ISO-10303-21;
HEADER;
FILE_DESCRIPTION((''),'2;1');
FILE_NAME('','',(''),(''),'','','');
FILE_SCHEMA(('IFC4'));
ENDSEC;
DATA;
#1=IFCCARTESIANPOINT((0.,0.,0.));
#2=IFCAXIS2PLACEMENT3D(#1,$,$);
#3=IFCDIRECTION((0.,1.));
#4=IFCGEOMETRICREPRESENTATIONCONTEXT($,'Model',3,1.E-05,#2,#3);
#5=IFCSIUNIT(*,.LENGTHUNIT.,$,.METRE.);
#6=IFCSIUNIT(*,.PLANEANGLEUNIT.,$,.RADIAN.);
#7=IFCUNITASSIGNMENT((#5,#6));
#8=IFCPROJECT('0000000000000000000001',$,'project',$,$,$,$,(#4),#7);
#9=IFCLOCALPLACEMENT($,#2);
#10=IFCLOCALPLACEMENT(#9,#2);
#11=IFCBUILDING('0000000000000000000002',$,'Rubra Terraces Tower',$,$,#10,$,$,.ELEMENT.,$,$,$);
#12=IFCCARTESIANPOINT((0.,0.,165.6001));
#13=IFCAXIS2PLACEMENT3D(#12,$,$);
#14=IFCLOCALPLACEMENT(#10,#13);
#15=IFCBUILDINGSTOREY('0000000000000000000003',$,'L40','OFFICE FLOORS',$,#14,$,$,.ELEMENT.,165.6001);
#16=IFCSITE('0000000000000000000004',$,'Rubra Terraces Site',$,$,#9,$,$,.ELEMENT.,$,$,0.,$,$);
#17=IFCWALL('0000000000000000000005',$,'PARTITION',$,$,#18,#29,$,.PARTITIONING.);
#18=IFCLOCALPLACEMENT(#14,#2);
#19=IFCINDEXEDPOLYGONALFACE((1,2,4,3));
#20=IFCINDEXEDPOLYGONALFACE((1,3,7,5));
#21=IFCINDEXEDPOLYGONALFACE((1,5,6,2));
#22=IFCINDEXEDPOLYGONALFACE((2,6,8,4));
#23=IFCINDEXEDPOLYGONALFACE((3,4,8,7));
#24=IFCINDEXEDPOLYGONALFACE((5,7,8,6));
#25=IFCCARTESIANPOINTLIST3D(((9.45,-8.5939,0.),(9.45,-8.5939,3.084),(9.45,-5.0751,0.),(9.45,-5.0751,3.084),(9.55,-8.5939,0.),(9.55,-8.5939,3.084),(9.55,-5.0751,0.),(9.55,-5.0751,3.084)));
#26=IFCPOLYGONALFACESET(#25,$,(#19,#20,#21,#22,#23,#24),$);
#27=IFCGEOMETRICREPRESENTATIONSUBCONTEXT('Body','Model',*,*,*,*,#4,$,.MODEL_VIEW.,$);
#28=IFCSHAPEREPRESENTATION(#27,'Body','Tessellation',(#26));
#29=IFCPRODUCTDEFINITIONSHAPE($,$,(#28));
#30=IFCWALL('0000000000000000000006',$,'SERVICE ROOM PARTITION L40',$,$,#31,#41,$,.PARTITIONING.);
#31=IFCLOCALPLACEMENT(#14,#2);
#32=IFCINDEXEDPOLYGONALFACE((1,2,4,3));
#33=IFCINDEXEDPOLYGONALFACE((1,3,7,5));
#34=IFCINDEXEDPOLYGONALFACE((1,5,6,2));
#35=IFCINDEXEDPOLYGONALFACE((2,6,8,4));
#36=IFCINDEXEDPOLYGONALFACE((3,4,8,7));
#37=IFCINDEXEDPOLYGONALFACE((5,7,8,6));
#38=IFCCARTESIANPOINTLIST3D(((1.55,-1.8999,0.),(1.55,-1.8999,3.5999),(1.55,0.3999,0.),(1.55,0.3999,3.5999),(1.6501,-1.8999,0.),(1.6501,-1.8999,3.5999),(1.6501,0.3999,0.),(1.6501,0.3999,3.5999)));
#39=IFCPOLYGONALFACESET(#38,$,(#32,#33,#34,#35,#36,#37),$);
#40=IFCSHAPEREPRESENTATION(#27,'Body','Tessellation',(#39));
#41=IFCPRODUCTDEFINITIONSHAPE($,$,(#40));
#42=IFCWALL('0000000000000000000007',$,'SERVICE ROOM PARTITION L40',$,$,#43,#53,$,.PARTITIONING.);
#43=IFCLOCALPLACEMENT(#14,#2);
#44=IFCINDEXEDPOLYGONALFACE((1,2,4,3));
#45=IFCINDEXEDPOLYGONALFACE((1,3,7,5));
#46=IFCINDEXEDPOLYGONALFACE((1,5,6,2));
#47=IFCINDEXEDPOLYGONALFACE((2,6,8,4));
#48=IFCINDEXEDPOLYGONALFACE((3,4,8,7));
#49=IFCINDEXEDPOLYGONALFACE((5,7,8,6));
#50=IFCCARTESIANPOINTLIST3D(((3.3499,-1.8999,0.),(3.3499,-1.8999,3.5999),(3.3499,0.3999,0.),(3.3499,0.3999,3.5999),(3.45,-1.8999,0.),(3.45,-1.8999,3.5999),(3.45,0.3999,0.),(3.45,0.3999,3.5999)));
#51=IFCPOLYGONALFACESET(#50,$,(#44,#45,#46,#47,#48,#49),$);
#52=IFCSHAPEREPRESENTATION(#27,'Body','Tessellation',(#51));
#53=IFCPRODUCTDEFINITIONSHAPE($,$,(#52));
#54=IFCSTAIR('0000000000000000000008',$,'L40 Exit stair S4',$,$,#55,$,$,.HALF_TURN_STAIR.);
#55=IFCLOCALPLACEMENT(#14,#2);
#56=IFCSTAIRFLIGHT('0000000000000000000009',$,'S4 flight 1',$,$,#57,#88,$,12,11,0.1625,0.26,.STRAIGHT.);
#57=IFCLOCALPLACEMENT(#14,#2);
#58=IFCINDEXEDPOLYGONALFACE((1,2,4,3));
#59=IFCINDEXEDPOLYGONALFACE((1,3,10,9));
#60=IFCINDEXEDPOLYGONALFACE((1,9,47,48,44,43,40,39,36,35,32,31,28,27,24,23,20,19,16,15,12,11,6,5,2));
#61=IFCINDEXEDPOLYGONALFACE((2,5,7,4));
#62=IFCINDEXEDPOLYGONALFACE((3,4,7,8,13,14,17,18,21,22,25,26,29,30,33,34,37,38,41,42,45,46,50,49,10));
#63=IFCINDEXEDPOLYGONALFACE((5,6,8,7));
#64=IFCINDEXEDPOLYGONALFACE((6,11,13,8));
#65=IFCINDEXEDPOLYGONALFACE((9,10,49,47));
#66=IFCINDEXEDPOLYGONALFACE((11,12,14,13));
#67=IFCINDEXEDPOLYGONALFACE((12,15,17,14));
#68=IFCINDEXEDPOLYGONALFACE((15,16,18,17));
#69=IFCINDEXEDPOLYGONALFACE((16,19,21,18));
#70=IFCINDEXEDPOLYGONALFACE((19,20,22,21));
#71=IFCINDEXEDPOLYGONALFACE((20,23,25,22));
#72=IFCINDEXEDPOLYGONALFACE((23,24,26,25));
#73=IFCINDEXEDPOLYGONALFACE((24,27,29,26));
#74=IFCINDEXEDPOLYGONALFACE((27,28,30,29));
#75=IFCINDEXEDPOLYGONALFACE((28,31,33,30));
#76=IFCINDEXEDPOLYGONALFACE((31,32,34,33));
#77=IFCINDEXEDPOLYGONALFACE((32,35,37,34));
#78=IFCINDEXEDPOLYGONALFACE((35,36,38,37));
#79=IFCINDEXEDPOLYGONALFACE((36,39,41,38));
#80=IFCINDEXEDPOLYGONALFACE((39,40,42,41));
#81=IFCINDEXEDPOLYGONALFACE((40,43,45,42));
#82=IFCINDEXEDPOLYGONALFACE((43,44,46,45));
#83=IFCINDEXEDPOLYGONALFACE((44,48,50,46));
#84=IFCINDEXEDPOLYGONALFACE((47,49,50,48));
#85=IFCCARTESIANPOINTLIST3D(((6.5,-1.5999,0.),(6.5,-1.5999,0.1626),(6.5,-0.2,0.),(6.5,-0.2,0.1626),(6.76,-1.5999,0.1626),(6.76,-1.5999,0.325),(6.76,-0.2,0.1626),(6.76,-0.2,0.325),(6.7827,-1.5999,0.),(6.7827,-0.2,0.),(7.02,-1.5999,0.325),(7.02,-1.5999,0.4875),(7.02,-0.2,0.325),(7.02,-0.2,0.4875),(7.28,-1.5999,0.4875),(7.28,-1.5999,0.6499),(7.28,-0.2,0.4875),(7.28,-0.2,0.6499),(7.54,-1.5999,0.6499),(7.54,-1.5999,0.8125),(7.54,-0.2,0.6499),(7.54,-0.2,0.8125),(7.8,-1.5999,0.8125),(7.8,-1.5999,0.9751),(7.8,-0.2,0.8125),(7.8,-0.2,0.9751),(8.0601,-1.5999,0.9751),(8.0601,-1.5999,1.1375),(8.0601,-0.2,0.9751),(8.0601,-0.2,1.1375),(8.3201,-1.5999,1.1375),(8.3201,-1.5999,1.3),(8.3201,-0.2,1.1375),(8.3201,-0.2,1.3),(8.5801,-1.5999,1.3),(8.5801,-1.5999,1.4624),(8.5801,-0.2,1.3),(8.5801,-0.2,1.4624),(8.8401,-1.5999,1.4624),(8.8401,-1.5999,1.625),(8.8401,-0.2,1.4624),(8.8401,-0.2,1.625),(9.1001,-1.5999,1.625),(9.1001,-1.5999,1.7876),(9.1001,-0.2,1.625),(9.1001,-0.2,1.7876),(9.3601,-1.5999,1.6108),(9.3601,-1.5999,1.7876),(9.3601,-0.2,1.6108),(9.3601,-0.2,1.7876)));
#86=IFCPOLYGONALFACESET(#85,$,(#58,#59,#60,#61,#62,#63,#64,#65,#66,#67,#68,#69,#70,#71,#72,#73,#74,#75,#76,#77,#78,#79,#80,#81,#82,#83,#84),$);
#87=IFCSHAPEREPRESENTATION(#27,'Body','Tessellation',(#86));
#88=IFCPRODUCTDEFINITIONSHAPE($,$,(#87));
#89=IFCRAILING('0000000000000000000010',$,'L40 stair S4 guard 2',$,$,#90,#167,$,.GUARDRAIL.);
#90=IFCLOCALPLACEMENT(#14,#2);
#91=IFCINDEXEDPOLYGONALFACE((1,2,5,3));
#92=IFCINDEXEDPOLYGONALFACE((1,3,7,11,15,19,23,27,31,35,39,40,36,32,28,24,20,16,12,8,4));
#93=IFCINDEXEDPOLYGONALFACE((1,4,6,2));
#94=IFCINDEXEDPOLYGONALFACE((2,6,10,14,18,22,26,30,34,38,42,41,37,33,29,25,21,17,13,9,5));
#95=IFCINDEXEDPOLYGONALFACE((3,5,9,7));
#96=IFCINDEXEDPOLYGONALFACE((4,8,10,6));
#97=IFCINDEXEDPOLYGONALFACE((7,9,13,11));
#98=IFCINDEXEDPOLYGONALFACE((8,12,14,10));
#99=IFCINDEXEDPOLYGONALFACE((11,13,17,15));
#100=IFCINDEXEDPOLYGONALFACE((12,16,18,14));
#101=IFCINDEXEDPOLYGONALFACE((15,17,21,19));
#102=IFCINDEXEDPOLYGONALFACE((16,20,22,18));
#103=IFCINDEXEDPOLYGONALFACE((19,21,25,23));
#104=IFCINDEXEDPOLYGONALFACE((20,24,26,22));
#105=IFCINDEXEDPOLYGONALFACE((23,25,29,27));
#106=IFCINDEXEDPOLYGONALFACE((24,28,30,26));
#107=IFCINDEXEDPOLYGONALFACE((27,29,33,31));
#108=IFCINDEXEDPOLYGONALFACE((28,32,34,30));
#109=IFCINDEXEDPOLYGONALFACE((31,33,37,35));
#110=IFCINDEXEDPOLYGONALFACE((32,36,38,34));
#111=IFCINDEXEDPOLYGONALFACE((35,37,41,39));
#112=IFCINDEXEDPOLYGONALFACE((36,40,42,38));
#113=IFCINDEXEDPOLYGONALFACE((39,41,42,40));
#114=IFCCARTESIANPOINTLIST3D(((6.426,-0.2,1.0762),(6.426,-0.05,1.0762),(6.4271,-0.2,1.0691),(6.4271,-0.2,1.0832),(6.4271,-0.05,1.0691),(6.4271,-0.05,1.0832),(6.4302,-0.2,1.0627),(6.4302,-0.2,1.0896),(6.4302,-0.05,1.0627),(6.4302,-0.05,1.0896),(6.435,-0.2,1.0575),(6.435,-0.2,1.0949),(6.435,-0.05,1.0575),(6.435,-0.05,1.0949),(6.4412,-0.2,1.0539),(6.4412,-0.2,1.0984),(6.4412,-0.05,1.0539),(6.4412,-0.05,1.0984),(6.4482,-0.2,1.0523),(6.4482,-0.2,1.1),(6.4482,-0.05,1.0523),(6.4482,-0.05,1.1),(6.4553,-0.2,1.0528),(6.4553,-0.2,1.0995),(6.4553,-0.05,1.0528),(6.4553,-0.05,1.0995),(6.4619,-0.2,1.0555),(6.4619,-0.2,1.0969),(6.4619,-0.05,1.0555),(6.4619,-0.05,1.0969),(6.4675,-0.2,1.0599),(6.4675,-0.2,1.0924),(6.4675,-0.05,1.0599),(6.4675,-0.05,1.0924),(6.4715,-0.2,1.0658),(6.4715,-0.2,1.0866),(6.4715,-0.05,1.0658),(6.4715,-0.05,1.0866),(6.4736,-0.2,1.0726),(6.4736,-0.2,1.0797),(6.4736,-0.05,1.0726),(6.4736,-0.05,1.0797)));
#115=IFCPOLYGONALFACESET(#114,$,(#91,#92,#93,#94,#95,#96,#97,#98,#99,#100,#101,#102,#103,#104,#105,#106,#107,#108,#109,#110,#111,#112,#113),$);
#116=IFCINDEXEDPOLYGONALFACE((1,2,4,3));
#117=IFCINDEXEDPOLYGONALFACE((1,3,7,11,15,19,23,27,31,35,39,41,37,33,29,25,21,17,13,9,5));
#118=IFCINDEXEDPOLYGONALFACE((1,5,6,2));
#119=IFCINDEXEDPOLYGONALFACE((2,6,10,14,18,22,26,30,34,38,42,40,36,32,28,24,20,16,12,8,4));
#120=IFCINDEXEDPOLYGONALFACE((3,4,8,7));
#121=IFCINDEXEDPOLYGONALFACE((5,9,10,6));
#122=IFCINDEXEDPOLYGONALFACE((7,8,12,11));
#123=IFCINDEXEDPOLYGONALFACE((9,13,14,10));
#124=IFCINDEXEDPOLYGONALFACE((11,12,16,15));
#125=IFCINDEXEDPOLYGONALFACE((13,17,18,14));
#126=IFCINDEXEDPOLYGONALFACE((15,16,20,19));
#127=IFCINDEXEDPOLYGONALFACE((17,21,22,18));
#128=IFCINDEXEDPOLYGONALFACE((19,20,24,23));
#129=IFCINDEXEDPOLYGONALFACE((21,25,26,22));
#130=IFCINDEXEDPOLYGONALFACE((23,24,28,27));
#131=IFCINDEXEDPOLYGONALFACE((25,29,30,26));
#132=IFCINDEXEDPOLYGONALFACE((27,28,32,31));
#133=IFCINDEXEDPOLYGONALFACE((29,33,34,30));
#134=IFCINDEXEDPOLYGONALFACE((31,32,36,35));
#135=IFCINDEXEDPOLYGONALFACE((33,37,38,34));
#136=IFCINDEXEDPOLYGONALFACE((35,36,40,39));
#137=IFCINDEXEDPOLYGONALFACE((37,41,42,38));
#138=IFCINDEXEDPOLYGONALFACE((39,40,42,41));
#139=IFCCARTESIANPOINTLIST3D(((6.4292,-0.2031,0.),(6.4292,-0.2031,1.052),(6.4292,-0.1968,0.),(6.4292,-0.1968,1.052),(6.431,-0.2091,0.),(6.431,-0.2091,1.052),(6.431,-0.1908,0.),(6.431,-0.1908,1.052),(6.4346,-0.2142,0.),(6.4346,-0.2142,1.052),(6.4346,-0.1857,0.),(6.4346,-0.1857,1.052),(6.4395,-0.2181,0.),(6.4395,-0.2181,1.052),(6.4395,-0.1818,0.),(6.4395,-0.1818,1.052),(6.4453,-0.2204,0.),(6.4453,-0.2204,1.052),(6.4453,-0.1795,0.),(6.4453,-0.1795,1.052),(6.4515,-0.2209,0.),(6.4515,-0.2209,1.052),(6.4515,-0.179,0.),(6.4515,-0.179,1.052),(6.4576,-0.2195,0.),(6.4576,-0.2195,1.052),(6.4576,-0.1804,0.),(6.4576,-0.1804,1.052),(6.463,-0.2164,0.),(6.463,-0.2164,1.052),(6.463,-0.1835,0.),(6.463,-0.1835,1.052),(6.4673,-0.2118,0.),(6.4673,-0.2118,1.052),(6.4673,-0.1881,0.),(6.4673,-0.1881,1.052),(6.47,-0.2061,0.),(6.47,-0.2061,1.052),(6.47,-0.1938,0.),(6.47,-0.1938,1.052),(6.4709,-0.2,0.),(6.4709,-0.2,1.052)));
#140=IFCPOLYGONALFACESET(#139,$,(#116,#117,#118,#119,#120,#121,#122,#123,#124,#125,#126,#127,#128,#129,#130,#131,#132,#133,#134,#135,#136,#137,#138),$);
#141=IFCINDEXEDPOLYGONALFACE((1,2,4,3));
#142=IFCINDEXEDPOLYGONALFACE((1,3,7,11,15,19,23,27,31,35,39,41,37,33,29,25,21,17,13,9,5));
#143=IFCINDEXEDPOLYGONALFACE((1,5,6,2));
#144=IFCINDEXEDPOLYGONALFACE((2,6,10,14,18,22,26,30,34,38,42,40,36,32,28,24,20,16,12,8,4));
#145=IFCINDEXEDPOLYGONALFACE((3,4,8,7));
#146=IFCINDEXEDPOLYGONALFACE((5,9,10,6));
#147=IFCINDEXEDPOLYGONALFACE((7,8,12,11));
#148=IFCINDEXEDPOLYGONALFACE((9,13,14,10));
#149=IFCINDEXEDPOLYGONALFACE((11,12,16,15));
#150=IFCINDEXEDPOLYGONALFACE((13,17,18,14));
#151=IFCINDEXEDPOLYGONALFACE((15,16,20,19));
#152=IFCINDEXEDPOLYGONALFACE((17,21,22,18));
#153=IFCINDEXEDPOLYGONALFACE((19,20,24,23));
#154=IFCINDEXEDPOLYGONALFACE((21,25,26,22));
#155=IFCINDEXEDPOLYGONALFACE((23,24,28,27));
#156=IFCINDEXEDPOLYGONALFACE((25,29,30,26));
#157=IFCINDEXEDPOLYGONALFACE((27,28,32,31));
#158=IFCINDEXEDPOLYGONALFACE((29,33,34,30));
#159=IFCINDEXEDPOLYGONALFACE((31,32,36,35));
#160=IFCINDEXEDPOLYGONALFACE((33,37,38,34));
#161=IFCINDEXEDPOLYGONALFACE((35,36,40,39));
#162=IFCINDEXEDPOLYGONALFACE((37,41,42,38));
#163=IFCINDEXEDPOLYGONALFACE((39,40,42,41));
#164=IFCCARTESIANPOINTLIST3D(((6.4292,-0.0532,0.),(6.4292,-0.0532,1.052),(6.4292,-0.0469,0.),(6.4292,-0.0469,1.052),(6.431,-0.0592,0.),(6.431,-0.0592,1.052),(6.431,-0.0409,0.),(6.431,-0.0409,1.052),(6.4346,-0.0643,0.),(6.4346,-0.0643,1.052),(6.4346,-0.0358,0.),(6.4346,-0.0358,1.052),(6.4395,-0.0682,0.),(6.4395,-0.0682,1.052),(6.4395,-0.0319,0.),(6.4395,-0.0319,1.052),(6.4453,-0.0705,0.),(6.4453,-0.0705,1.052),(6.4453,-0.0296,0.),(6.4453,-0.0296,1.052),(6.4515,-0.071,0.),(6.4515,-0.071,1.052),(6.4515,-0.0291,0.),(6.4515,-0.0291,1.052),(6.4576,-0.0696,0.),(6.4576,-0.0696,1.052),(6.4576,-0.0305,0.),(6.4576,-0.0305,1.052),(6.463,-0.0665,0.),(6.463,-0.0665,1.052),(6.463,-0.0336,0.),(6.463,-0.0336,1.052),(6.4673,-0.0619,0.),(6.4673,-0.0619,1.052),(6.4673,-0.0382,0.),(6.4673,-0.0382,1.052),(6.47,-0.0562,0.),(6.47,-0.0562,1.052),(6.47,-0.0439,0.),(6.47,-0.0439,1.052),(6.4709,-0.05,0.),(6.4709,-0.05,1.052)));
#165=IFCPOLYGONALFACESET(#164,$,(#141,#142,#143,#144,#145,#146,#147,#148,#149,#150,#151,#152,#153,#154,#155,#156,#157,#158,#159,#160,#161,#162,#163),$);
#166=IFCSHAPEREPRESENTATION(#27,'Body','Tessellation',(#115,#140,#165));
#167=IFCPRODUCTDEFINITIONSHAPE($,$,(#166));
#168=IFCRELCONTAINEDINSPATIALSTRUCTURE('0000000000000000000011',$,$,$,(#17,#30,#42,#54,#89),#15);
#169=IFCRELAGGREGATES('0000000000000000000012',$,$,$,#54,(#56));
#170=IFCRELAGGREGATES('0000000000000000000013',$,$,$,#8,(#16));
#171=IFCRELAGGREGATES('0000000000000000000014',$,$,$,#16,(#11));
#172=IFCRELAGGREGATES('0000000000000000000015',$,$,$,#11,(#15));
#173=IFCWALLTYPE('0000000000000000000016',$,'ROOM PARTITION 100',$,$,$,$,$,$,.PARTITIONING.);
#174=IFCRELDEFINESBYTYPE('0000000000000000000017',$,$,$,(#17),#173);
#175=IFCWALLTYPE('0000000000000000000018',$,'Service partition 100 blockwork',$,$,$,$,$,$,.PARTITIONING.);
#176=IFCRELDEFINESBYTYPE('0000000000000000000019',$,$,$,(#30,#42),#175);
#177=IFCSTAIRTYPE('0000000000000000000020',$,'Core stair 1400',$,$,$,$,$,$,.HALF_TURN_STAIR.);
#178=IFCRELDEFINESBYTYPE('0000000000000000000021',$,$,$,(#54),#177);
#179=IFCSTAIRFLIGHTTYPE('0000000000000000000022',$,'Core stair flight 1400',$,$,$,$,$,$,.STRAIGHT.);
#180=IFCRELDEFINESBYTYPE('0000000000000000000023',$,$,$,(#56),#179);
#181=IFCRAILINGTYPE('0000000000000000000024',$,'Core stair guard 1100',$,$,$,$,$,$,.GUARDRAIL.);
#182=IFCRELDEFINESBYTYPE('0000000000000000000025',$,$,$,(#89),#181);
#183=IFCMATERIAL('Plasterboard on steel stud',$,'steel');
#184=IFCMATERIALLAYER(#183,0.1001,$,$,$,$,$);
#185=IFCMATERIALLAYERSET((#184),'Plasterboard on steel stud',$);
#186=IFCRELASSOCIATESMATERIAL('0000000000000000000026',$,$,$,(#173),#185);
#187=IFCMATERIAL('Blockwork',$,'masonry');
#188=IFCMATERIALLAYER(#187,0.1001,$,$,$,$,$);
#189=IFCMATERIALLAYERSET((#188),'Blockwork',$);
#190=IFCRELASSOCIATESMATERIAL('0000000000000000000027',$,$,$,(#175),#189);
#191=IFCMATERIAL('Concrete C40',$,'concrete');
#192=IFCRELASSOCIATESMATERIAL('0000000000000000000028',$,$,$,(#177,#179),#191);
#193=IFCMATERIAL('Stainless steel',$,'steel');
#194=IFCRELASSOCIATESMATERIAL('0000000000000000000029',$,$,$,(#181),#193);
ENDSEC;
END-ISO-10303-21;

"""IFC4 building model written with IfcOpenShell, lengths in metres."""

from ifc_helpers import new_model, si_unit, direction, frame, frame_2d, origin, origin_2d, place, context, subcontext, project, spatial, polyline, rectangle, circle, outline, extrude, material, layer, layer_set, type_object, element, aggregate, save


model = new_model("IFC4")

# Units and contexts
model_context = context("Model", 3, precision=1e-05, world=origin(), true_north=direction((0.0, 1.0)))
body_context = subcontext(model_context, "Body", "Model", "MODEL_VIEW")
ifc_project = project(units=[si_unit("LENGTHUNIT", "METRE"), si_unit("PLANEANGLEUNIT", "RADIAN")], contexts=[model_context])

# Site, building, storey
site_placement = place(None, origin())
site = spatial("IfcSite", under=ifc_project, at=site_placement, Name="Rubra Terraces Site", CompositionType="ELEMENT", RefElevation=0.0)
building_placement = place(site_placement, origin())
building = spatial("IfcBuilding", under=site, at=building_placement, Name="Rubra Terraces Tower", CompositionType="ELEMENT")
storey_placement = place(building_placement, frame((0.0, 0.0, 165.6001)))
storey = spatial("IfcBuildingStorey", under=building, at=storey_placement, Name="L40", Description="OFFICE FLOORS", CompositionType="ELEMENT", Elevation=165.6001)

# Walls
ifc_material_1 = material(Name="Concrete C40", Category="concrete")
ifc_material_2 = material(Name="Plasterboard on steel stud", Category="steel")
ifc_layer_1 = layer(ifc_material_2, 0.1001)
ifc_layer_set_1 = layer_set([ifc_layer_1], Name="Plasterboard on steel stud")
wall_type_1 = type_object("IfcWallType", Name="ROOM PARTITION 100", PredefinedType="PARTITIONING", material=ifc_layer_set_1)
wall_1_placement = place(storey_placement, frame((9.5, -8.5938, 0.0), z_axis=(0.0, 0.0, 1.0), x_axis=(0.0, 1.0, 0.0)))
element("IfcWall", 1, at=wall_1_placement, inside=storey, type_object=wall_type_1, Name="PARTITION", PredefinedType="PARTITIONING", context=body_context, shape_type="SweptSolid", body=[
    extrude(rectangle(XDim=3.5188, YDim=0.1001, at=frame_2d((1.7593, 0.0))), origin(), (0.0, 0.0, 1.0), 3.084),
])
ifc_material_3 = material(Name="Blockwork", Category="masonry")
ifc_layer_2 = layer(ifc_material_3, 0.1001)
ifc_layer_set_2 = layer_set([ifc_layer_2], Name="Blockwork")
wall_type_2 = type_object("IfcWallType", Name="Service partition 100 blockwork", PredefinedType="PARTITIONING", material=ifc_layer_set_2)
for number, where, z_axis, x_axis, name in (
    (2, (1.6001, -1.8999, 0.0), (0.0, 0.0, 1.0), (0.0, 1.0, 0.0), "SERVICE ROOM PARTITION L40"),
    (3, (3.3999, -1.8999, 0.0), (0.0, 0.0, 1.0), (0.0, 1.0, 0.0), "SERVICE ROOM PARTITION L40"),
):
    element("IfcWall", number, at=place(storey_placement, frame(where, z_axis=z_axis, x_axis=x_axis)), inside=storey, type_object=wall_type_2, Name=name, PredefinedType="PARTITIONING", context=body_context, shape_type="SweptSolid", body=[
        extrude(rectangle(XDim=2.2998, YDim=0.1001, at=frame_2d((1.1499, 0.0))), origin(), (0.0, 0.0, 1.0), 3.5999),
    ])

# Stair, stair flight
stair_type = type_object("IfcStairType", Name="Core stair 1400", PredefinedType="HALF_TURN_STAIR", material=ifc_material_1)
stair_placement = place(storey_placement, origin())
stair = element("IfcStair", 4, at=stair_placement, inside=storey, type_object=stair_type, Name="L40 Exit stair S4", PredefinedType="HALF_TURN_STAIR")
stair_flight_type = type_object("IfcStairFlightType", Name="Core stair flight 1400", PredefinedType="STRAIGHT", material=ifc_material_1)
stair_flight_placement = place(storey_placement, frame((6.5, -0.8999, 0.0), z_axis=(0.0, 0.0, 1.0), x_axis=(1.0, 0.0, 0.0)))
stair_flight = element("IfcStairFlight", 5, at=stair_flight_placement, type_object=stair_flight_type, Name="S4 flight 1", NumberOfRisers=12, NumberOfTreads=11, PredefinedType="STRAIGHT", RiserHeight=0.1625, TreadLength=0.26, context=body_context, shape_type="SweptSolid", body=[
    extrude(outline(polyline([(0.0, 0.0), (0.0, 0.1626), (0.26, 0.1626), (0.26, 0.325), (0.52, 0.325), (0.52, 0.4875), (0.78, 0.4875), (0.78, 0.6499), (1.04, 0.6499), (1.04, 0.8125), (1.3, 0.8125), (1.3, 0.9751), (1.5601, 0.9751), (1.5601, 1.1375), (1.8201, 1.1375), (1.8201, 1.3), (2.0801, 1.3), (2.0801, 1.4624), (2.3401, 1.4624), (2.3401, 1.625), (2.6001, 1.625), (2.6001, 1.7876), (2.8601, 1.7876), (2.8601, 1.95), (2.8601, 1.6108), (0.2827, 0.0), (0.0, 0.0)])), frame((0.0, 0.7, 0.0), z_axis=(0.0, -1.0, 0.0), x_axis=(1.0, 0.0, 0.0)), (0.0, 0.0, 1.0), 1.3999),
])
aggregate(stair, [stair_flight])

# Railing
ifc_material_4 = material(Name="Stainless steel", Category="steel")
railing_type_1 = type_object("IfcRailingType", Name="Core stair guard 1100", PredefinedType="GUARDRAIL", material=ifc_material_4)
railing_1_placement = place(storey_placement, frame((6.45, -0.2, 0.0)))
element("IfcRailing", 6, at=railing_1_placement, inside=storey, type_object=railing_type_1, Name="L40 stair S4 guard 2", PredefinedType="GUARDRAIL", context=body_context, shape_type="SweptSolid", body=[
    extrude(circle(Radius=0.0239, at=origin_2d()), frame((0.0, 0.0, 1.0762), z_axis=(0.0, 1.0, 0.0), x_axis=(-1.0, 0.0, 0.0)), (0.0, 0.0, 1.0), 0.1499),
    extrude(circle(Radius=0.021, at=origin_2d()), origin(), (0.0, 0.0, 1.0), 1.052),
    extrude(circle(Radius=0.021, at=origin_2d()), frame((0.0, 0.1499, 0.0)), (0.0, 0.0, 1.0), 1.052),
])

save(model, "model.ifc")
